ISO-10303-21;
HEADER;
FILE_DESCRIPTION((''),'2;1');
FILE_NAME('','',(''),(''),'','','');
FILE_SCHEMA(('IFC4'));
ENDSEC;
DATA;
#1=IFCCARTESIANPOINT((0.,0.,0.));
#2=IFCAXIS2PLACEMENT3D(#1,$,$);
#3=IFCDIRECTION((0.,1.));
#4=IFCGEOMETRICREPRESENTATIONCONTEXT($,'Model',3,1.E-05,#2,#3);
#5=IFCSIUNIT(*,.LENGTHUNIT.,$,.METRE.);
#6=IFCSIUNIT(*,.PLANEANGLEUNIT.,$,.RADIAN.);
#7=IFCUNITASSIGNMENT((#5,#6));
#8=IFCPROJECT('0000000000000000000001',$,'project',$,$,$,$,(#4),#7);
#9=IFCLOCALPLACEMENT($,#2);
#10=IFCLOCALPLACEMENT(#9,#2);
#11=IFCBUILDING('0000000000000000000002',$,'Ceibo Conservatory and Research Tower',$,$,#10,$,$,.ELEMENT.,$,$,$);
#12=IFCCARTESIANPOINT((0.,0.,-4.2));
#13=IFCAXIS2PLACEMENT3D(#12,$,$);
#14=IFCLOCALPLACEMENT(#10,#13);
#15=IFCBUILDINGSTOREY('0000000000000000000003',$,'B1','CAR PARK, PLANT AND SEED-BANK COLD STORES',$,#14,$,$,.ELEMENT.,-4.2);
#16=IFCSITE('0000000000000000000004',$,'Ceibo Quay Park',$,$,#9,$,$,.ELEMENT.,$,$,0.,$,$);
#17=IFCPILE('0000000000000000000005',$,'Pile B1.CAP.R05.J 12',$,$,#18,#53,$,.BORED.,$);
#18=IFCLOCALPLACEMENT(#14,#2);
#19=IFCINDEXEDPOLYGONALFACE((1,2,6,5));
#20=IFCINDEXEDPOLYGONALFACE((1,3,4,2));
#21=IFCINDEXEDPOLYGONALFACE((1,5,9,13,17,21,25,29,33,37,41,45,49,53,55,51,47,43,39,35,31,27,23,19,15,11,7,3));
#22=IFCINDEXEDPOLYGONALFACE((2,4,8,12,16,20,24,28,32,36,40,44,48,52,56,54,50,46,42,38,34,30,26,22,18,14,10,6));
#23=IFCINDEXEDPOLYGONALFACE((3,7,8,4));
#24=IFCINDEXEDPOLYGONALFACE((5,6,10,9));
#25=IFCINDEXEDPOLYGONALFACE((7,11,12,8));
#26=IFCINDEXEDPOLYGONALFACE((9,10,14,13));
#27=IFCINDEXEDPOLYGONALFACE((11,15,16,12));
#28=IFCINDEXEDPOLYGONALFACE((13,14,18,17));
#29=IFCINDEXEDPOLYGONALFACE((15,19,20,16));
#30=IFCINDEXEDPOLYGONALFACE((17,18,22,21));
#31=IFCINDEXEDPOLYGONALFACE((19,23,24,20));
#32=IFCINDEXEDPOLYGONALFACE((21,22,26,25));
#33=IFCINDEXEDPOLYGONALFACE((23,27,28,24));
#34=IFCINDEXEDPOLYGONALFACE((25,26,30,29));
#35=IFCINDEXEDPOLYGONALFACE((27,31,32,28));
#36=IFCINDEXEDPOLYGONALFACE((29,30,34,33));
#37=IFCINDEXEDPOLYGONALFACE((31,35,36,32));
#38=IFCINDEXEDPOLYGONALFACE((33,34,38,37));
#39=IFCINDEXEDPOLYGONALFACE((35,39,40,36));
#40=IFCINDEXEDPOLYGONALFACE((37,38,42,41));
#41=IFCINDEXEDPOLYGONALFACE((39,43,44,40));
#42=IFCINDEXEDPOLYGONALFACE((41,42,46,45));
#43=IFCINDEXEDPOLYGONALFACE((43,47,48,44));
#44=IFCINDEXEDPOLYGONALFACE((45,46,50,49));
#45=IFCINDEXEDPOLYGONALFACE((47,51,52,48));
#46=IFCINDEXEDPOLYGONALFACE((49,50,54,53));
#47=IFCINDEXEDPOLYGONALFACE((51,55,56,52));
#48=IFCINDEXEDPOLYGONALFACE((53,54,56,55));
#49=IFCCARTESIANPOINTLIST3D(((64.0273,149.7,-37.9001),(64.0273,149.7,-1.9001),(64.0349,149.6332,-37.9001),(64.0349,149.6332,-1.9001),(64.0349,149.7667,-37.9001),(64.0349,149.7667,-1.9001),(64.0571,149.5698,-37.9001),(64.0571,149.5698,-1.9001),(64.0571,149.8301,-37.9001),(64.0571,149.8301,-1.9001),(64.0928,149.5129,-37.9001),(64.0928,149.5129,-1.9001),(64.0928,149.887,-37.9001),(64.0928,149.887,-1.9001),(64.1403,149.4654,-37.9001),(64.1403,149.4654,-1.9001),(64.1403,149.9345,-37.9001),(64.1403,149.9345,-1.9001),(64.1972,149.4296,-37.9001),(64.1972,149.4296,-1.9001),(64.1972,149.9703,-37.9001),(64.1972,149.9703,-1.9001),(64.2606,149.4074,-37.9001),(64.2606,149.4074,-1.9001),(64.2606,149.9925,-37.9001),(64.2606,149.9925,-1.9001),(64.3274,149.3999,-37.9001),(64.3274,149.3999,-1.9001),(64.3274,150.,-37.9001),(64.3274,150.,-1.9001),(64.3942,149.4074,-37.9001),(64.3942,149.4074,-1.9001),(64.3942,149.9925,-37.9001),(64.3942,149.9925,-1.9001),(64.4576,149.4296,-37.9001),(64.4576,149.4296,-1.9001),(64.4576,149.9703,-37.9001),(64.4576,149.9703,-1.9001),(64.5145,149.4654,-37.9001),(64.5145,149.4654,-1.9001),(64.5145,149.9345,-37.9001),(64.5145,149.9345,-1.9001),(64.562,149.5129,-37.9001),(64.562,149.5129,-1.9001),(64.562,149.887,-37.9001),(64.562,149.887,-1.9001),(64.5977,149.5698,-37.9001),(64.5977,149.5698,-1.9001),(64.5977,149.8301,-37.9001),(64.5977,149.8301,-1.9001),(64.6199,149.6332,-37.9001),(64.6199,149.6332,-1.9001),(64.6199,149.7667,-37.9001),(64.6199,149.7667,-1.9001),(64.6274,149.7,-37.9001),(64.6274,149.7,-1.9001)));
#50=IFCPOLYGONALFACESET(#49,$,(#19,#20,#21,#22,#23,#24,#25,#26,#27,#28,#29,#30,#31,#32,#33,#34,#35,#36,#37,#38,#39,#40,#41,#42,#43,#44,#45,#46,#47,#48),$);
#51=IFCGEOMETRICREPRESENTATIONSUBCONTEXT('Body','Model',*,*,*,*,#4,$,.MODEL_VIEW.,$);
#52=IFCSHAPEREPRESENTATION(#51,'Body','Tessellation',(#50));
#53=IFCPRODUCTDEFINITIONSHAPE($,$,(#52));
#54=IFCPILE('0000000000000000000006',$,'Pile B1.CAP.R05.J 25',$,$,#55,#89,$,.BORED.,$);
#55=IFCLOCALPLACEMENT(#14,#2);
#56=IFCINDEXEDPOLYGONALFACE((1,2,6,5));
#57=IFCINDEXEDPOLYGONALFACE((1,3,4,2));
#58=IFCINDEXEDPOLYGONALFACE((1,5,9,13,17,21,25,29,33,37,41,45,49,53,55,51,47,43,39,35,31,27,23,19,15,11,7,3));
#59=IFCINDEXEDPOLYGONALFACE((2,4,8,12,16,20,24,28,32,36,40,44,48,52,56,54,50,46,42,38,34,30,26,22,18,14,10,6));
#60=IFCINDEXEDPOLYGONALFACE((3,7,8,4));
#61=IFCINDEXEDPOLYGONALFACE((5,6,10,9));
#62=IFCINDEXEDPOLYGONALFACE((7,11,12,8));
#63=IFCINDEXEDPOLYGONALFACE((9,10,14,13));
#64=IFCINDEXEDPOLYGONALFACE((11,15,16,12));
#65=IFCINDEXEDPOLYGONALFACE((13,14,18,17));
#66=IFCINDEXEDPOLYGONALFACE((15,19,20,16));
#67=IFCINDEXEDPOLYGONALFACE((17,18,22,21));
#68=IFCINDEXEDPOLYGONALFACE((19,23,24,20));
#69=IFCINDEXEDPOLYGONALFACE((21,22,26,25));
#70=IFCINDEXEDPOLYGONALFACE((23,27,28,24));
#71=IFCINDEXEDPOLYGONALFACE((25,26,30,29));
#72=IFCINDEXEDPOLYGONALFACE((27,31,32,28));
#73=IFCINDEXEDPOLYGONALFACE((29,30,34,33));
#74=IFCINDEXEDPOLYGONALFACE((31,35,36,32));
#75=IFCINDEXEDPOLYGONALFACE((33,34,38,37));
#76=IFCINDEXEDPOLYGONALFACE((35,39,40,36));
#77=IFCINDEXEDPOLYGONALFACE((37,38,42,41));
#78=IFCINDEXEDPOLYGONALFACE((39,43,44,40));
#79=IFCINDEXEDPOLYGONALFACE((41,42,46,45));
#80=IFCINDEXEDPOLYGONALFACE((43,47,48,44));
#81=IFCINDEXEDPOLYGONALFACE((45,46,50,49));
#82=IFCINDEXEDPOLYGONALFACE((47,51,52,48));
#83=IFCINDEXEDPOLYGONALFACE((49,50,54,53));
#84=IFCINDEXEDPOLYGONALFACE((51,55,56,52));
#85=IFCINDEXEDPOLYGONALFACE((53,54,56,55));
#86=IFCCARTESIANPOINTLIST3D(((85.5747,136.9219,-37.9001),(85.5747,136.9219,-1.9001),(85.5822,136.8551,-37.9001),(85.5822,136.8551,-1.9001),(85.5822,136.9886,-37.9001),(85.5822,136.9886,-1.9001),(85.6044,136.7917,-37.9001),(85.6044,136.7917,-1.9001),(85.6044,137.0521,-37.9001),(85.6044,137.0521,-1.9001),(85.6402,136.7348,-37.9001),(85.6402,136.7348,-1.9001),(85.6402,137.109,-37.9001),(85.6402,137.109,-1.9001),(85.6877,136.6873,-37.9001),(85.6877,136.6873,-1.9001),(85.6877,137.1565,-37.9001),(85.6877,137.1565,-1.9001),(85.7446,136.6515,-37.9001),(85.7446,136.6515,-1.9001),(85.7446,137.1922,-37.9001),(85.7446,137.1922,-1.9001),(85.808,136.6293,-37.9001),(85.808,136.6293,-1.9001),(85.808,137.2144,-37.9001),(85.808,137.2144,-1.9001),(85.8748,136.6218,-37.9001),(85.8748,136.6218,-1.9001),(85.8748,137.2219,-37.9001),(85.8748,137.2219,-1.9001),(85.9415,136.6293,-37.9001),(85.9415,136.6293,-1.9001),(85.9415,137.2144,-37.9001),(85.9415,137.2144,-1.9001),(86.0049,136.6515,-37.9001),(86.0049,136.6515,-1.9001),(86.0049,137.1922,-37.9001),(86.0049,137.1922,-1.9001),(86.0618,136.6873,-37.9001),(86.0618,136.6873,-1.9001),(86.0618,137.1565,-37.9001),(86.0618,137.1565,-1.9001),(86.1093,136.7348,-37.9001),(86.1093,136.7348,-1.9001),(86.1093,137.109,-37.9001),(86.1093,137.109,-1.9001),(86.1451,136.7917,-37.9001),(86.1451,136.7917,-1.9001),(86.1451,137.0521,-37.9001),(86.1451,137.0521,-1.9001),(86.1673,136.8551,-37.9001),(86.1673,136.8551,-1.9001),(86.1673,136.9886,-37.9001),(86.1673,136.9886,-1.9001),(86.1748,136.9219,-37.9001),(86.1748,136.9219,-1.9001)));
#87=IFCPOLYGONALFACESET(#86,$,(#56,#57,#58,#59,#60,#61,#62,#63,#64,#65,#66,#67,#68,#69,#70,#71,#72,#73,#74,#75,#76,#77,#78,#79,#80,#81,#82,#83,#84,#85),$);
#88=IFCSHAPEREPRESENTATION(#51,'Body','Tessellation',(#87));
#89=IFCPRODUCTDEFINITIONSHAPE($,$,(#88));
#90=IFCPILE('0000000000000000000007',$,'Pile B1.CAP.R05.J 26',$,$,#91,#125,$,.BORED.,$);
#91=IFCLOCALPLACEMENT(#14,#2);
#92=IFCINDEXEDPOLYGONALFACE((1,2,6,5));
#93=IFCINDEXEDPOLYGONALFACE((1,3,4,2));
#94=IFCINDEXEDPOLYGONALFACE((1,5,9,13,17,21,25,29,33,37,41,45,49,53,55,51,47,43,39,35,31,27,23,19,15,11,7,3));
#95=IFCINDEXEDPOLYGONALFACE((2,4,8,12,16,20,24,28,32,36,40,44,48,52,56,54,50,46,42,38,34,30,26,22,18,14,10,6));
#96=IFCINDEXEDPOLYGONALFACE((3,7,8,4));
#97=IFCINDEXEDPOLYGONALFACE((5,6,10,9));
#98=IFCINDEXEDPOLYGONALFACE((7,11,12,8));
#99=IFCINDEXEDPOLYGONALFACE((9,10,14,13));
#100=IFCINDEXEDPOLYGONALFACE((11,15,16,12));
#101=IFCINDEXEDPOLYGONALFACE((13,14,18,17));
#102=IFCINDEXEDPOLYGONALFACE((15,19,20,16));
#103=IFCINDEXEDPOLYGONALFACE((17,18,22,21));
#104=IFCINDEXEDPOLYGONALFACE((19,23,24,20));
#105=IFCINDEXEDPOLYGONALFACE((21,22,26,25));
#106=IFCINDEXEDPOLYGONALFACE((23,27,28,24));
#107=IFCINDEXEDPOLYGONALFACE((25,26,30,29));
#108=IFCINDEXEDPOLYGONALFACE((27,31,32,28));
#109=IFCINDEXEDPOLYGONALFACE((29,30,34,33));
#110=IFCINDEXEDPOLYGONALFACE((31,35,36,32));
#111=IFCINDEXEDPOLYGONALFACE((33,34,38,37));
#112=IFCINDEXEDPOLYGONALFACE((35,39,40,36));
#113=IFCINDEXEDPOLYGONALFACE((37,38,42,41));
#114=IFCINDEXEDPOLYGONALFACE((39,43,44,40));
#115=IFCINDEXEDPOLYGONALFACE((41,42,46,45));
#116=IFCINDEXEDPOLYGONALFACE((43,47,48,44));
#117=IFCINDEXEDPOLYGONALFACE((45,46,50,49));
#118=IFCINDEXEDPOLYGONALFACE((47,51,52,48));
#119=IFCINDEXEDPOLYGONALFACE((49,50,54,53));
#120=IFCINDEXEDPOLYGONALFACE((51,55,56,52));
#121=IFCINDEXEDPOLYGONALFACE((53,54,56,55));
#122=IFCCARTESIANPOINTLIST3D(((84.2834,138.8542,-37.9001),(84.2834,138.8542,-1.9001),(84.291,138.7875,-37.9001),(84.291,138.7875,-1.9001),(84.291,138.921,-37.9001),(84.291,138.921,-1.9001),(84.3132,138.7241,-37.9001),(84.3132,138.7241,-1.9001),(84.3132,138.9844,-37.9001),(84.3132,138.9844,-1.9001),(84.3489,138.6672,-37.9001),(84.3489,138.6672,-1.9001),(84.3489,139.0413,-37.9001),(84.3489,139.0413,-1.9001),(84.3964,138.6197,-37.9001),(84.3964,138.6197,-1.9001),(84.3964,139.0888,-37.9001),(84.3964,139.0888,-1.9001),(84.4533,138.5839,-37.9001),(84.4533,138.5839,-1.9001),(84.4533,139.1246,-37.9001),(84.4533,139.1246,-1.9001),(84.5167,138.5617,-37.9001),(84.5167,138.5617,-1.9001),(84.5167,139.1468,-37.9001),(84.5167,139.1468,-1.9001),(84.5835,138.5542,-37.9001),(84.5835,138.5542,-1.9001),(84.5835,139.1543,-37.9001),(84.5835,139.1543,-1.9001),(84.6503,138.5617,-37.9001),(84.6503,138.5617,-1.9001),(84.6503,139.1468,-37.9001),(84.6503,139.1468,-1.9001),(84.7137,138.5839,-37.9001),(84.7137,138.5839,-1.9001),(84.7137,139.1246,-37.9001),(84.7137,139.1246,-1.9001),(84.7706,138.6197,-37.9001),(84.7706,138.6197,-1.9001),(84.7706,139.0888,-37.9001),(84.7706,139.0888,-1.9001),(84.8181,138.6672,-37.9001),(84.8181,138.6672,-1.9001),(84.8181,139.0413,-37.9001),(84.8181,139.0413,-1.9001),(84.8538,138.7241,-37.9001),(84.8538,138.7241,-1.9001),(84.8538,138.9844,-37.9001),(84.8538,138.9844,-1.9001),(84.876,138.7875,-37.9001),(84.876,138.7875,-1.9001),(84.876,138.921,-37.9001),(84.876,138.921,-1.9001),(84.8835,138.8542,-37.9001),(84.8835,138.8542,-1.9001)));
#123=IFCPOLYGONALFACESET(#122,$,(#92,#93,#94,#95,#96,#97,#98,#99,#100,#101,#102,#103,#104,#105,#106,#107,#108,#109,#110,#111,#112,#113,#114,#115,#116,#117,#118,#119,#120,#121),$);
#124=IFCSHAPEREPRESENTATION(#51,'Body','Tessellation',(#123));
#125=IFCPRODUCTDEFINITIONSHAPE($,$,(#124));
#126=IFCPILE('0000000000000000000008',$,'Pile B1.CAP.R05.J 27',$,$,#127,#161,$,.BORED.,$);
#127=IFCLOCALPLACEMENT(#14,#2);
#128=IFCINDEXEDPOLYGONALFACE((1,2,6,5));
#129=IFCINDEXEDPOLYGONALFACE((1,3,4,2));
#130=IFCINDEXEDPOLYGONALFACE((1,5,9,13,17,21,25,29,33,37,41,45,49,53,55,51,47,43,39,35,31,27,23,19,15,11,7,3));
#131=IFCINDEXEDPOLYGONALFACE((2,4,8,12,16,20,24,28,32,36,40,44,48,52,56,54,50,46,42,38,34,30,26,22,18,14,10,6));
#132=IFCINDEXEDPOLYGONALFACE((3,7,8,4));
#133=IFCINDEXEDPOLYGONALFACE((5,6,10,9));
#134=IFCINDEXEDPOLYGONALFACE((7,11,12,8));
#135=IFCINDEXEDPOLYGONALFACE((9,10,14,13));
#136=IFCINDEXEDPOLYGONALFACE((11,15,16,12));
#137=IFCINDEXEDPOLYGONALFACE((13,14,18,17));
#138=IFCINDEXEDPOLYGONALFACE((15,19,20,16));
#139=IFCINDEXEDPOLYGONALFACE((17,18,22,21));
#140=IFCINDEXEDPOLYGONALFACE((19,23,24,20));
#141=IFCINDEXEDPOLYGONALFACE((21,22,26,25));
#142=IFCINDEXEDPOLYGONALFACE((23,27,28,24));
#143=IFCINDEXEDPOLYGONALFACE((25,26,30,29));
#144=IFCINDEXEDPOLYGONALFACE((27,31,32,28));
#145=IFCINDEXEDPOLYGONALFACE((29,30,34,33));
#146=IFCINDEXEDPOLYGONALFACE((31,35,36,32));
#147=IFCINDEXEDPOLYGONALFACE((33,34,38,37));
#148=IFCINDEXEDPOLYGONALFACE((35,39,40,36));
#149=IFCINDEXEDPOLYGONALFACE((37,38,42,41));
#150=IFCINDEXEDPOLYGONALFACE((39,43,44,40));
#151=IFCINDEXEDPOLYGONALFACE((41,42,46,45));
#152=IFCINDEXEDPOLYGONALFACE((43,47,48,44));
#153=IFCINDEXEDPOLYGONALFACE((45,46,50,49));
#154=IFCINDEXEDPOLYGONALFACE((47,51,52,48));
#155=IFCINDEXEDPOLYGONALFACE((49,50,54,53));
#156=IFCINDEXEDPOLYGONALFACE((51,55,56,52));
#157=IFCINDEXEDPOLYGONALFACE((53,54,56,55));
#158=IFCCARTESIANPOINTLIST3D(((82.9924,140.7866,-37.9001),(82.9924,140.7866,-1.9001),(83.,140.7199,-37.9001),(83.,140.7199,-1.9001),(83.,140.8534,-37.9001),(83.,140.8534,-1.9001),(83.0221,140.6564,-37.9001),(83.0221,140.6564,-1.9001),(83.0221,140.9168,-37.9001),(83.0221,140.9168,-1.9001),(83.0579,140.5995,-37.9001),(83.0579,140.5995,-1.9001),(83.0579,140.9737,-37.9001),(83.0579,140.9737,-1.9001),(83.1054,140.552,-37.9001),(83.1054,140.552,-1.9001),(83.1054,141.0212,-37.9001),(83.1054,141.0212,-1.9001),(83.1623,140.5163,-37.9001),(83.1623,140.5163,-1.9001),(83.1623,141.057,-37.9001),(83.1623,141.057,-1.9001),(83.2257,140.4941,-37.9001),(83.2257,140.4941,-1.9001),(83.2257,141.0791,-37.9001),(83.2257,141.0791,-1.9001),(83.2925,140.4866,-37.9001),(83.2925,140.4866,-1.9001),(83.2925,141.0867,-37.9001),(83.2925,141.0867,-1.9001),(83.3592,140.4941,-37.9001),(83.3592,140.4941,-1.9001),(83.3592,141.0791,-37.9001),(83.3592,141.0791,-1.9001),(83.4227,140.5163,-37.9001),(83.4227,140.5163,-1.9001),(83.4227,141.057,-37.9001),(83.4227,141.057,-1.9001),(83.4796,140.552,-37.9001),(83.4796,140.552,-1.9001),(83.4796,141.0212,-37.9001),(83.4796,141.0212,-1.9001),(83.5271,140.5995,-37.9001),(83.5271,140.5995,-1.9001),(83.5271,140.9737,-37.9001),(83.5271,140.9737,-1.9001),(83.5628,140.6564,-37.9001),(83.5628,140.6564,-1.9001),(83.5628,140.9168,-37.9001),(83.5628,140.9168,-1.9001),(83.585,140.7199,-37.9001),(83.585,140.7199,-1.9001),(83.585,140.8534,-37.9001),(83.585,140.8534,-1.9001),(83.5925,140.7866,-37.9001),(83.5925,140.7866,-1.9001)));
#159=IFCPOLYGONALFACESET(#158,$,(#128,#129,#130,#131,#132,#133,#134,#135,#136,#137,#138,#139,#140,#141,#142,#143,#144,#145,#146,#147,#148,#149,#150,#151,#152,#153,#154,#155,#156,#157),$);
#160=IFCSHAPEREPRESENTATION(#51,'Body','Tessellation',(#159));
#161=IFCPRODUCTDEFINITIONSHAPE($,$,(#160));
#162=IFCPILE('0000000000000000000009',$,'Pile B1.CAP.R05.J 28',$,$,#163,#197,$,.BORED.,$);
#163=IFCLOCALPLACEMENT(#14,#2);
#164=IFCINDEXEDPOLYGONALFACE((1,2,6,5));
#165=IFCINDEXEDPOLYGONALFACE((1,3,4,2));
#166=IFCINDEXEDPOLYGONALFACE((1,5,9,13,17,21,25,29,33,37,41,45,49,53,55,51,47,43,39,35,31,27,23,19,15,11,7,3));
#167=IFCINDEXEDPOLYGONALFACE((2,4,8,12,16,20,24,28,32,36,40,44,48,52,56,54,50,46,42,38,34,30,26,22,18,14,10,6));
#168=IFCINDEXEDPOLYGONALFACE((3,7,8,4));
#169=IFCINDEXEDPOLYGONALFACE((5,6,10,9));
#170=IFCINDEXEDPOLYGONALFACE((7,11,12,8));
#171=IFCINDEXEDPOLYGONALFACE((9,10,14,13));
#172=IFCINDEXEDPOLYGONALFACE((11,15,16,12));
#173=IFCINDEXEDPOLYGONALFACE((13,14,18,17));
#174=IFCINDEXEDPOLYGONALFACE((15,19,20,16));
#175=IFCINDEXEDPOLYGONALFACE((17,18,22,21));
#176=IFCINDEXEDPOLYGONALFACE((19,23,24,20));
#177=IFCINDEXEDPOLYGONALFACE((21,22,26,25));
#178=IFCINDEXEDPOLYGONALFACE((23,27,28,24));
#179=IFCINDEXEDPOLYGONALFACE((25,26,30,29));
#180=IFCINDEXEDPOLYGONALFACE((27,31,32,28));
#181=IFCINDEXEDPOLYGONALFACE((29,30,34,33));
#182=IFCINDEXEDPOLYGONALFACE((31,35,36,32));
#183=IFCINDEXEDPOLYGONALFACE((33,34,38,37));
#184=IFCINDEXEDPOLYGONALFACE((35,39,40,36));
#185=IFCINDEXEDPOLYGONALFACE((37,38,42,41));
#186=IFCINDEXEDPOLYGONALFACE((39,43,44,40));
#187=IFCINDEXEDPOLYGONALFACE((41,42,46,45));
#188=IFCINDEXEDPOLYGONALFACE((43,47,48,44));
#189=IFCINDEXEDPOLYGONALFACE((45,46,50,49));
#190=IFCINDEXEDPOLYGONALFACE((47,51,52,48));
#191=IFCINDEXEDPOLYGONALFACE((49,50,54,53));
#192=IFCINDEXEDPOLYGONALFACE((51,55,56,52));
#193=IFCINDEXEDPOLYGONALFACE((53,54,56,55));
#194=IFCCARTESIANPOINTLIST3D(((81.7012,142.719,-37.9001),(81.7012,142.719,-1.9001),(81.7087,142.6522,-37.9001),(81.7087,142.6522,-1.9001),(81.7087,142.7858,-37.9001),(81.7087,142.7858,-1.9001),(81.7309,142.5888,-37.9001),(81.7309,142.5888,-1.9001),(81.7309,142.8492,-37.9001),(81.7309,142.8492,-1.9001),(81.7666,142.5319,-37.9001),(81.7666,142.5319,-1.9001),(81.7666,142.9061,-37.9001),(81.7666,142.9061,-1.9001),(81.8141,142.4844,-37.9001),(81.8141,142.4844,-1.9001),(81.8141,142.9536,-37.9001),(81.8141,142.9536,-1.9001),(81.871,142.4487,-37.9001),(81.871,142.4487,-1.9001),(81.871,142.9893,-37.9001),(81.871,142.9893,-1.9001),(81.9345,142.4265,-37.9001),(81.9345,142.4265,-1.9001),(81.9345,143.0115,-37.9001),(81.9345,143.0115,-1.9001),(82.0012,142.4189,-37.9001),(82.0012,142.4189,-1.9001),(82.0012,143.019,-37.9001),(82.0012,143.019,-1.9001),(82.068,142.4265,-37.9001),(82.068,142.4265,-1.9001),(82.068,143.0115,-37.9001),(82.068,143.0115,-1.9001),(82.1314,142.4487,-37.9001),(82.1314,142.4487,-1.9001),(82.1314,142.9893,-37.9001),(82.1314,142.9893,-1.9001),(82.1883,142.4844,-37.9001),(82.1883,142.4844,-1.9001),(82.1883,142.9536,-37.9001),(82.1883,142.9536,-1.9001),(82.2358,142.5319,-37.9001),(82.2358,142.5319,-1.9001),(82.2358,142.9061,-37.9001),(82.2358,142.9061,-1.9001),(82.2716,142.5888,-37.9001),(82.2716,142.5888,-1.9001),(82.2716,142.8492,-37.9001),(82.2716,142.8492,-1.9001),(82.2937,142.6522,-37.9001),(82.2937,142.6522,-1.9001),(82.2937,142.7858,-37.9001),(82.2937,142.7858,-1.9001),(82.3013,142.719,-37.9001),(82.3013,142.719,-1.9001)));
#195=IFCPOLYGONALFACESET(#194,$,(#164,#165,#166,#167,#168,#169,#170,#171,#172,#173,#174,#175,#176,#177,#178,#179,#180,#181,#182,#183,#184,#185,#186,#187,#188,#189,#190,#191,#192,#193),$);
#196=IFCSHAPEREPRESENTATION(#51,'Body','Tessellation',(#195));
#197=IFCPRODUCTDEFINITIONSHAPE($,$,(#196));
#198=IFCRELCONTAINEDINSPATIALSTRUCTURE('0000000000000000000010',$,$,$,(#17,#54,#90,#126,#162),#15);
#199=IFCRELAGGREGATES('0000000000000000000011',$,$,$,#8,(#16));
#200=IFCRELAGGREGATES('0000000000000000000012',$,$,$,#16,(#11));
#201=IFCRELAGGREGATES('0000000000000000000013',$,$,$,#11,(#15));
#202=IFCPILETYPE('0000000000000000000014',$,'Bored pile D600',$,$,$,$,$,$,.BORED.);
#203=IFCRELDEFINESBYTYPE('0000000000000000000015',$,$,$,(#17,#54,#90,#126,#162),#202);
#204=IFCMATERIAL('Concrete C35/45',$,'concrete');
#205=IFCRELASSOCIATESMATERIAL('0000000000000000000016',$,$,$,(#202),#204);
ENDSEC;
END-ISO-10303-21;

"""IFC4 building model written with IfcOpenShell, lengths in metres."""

from ifc_helpers import new_model, si_unit, direction, frame, origin, origin_2d, place, context, subcontext, project, spatial, circle, extrude, material, material_profile, profile_set, type_object, element, save


model = new_model("IFC4")

# Units and contexts
model_context = context("Model", 3, precision=1e-05, world=origin(), true_north=direction((0.0, 1.0)))
body_context = subcontext(model_context, "Body", "Model", "MODEL_VIEW")
ifc_project = project(units=[si_unit("LENGTHUNIT", "METRE"), si_unit("PLANEANGLEUNIT", "RADIAN")], contexts=[model_context])

# Site, building, storey
site_placement = place(None, origin())
site = spatial("IfcSite", under=ifc_project, at=site_placement, Name="Ceibo Quay Park", CompositionType="ELEMENT", RefElevation=0.0)
building_placement = place(site_placement, origin())
building = spatial("IfcBuilding", under=site, at=building_placement, Name="Ceibo Conservatory and Research Tower", CompositionType="ELEMENT")
storey_placement = place(building_placement, frame((0.0, 0.0, -4.2)))
storey = spatial("IfcBuildingStorey", under=building, at=storey_placement, Name="B1", Description="CAR PARK, PLANT AND SEED-BANK COLD STORES", CompositionType="ELEMENT", Elevation=-4.2)

# Piles
ifc_material_1 = material(Name="Concrete C35/45", Category="concrete")
ifc_material_profile_1 = material_profile(ifc_material_1, circle(Radius=0.3, at=origin_2d()), Name="RC D600")
ifc_profile_set_1 = profile_set([ifc_material_profile_1], Name="Concrete C35/45")
pile_type_1 = type_object("IfcPileType", Name="Bored pile D600", PredefinedType="BORED", material=ifc_profile_set_1)
for number, where, z_axis, x_axis, name in (
    (1, (64.3274, 149.7, -1.9001), (0.0, 0.0, -1.0), (1.0, 0.0, 0.0), "Pile B1.CAP.R05.J 12"),
    (2, (85.8748, 136.9219, -1.9001), (0.0, 0.0, -1.0), (1.0, 0.0, 0.0), "Pile B1.CAP.R05.J 25"),
    (3, (84.5835, 138.8542, -1.9001), (0.0, 0.0, -1.0), (1.0, 0.0, 0.0), "Pile B1.CAP.R05.J 26"),
    (4, (83.2925, 140.7866, -1.9001), (0.0, 0.0, -1.0), (1.0, 0.0, 0.0), "Pile B1.CAP.R05.J 27"),
    (5, (82.0012, 142.719, -1.9001), (0.0, 0.0, -1.0), (1.0, 0.0, 0.0), "Pile B1.CAP.R05.J 28"),
):
    element("IfcPile", number, at=place(storey_placement, frame(where, z_axis=z_axis, x_axis=x_axis)), inside=storey, type_object=pile_type_1, Name=name, PredefinedType="BORED", context=body_context, shape_type="SweptSolid", body=[
        extrude(circle(Radius=0.3, at=origin_2d()), origin(), (0.0, 0.0, 1.0), 36.0),
    ])

save(model, "model.ifc")
